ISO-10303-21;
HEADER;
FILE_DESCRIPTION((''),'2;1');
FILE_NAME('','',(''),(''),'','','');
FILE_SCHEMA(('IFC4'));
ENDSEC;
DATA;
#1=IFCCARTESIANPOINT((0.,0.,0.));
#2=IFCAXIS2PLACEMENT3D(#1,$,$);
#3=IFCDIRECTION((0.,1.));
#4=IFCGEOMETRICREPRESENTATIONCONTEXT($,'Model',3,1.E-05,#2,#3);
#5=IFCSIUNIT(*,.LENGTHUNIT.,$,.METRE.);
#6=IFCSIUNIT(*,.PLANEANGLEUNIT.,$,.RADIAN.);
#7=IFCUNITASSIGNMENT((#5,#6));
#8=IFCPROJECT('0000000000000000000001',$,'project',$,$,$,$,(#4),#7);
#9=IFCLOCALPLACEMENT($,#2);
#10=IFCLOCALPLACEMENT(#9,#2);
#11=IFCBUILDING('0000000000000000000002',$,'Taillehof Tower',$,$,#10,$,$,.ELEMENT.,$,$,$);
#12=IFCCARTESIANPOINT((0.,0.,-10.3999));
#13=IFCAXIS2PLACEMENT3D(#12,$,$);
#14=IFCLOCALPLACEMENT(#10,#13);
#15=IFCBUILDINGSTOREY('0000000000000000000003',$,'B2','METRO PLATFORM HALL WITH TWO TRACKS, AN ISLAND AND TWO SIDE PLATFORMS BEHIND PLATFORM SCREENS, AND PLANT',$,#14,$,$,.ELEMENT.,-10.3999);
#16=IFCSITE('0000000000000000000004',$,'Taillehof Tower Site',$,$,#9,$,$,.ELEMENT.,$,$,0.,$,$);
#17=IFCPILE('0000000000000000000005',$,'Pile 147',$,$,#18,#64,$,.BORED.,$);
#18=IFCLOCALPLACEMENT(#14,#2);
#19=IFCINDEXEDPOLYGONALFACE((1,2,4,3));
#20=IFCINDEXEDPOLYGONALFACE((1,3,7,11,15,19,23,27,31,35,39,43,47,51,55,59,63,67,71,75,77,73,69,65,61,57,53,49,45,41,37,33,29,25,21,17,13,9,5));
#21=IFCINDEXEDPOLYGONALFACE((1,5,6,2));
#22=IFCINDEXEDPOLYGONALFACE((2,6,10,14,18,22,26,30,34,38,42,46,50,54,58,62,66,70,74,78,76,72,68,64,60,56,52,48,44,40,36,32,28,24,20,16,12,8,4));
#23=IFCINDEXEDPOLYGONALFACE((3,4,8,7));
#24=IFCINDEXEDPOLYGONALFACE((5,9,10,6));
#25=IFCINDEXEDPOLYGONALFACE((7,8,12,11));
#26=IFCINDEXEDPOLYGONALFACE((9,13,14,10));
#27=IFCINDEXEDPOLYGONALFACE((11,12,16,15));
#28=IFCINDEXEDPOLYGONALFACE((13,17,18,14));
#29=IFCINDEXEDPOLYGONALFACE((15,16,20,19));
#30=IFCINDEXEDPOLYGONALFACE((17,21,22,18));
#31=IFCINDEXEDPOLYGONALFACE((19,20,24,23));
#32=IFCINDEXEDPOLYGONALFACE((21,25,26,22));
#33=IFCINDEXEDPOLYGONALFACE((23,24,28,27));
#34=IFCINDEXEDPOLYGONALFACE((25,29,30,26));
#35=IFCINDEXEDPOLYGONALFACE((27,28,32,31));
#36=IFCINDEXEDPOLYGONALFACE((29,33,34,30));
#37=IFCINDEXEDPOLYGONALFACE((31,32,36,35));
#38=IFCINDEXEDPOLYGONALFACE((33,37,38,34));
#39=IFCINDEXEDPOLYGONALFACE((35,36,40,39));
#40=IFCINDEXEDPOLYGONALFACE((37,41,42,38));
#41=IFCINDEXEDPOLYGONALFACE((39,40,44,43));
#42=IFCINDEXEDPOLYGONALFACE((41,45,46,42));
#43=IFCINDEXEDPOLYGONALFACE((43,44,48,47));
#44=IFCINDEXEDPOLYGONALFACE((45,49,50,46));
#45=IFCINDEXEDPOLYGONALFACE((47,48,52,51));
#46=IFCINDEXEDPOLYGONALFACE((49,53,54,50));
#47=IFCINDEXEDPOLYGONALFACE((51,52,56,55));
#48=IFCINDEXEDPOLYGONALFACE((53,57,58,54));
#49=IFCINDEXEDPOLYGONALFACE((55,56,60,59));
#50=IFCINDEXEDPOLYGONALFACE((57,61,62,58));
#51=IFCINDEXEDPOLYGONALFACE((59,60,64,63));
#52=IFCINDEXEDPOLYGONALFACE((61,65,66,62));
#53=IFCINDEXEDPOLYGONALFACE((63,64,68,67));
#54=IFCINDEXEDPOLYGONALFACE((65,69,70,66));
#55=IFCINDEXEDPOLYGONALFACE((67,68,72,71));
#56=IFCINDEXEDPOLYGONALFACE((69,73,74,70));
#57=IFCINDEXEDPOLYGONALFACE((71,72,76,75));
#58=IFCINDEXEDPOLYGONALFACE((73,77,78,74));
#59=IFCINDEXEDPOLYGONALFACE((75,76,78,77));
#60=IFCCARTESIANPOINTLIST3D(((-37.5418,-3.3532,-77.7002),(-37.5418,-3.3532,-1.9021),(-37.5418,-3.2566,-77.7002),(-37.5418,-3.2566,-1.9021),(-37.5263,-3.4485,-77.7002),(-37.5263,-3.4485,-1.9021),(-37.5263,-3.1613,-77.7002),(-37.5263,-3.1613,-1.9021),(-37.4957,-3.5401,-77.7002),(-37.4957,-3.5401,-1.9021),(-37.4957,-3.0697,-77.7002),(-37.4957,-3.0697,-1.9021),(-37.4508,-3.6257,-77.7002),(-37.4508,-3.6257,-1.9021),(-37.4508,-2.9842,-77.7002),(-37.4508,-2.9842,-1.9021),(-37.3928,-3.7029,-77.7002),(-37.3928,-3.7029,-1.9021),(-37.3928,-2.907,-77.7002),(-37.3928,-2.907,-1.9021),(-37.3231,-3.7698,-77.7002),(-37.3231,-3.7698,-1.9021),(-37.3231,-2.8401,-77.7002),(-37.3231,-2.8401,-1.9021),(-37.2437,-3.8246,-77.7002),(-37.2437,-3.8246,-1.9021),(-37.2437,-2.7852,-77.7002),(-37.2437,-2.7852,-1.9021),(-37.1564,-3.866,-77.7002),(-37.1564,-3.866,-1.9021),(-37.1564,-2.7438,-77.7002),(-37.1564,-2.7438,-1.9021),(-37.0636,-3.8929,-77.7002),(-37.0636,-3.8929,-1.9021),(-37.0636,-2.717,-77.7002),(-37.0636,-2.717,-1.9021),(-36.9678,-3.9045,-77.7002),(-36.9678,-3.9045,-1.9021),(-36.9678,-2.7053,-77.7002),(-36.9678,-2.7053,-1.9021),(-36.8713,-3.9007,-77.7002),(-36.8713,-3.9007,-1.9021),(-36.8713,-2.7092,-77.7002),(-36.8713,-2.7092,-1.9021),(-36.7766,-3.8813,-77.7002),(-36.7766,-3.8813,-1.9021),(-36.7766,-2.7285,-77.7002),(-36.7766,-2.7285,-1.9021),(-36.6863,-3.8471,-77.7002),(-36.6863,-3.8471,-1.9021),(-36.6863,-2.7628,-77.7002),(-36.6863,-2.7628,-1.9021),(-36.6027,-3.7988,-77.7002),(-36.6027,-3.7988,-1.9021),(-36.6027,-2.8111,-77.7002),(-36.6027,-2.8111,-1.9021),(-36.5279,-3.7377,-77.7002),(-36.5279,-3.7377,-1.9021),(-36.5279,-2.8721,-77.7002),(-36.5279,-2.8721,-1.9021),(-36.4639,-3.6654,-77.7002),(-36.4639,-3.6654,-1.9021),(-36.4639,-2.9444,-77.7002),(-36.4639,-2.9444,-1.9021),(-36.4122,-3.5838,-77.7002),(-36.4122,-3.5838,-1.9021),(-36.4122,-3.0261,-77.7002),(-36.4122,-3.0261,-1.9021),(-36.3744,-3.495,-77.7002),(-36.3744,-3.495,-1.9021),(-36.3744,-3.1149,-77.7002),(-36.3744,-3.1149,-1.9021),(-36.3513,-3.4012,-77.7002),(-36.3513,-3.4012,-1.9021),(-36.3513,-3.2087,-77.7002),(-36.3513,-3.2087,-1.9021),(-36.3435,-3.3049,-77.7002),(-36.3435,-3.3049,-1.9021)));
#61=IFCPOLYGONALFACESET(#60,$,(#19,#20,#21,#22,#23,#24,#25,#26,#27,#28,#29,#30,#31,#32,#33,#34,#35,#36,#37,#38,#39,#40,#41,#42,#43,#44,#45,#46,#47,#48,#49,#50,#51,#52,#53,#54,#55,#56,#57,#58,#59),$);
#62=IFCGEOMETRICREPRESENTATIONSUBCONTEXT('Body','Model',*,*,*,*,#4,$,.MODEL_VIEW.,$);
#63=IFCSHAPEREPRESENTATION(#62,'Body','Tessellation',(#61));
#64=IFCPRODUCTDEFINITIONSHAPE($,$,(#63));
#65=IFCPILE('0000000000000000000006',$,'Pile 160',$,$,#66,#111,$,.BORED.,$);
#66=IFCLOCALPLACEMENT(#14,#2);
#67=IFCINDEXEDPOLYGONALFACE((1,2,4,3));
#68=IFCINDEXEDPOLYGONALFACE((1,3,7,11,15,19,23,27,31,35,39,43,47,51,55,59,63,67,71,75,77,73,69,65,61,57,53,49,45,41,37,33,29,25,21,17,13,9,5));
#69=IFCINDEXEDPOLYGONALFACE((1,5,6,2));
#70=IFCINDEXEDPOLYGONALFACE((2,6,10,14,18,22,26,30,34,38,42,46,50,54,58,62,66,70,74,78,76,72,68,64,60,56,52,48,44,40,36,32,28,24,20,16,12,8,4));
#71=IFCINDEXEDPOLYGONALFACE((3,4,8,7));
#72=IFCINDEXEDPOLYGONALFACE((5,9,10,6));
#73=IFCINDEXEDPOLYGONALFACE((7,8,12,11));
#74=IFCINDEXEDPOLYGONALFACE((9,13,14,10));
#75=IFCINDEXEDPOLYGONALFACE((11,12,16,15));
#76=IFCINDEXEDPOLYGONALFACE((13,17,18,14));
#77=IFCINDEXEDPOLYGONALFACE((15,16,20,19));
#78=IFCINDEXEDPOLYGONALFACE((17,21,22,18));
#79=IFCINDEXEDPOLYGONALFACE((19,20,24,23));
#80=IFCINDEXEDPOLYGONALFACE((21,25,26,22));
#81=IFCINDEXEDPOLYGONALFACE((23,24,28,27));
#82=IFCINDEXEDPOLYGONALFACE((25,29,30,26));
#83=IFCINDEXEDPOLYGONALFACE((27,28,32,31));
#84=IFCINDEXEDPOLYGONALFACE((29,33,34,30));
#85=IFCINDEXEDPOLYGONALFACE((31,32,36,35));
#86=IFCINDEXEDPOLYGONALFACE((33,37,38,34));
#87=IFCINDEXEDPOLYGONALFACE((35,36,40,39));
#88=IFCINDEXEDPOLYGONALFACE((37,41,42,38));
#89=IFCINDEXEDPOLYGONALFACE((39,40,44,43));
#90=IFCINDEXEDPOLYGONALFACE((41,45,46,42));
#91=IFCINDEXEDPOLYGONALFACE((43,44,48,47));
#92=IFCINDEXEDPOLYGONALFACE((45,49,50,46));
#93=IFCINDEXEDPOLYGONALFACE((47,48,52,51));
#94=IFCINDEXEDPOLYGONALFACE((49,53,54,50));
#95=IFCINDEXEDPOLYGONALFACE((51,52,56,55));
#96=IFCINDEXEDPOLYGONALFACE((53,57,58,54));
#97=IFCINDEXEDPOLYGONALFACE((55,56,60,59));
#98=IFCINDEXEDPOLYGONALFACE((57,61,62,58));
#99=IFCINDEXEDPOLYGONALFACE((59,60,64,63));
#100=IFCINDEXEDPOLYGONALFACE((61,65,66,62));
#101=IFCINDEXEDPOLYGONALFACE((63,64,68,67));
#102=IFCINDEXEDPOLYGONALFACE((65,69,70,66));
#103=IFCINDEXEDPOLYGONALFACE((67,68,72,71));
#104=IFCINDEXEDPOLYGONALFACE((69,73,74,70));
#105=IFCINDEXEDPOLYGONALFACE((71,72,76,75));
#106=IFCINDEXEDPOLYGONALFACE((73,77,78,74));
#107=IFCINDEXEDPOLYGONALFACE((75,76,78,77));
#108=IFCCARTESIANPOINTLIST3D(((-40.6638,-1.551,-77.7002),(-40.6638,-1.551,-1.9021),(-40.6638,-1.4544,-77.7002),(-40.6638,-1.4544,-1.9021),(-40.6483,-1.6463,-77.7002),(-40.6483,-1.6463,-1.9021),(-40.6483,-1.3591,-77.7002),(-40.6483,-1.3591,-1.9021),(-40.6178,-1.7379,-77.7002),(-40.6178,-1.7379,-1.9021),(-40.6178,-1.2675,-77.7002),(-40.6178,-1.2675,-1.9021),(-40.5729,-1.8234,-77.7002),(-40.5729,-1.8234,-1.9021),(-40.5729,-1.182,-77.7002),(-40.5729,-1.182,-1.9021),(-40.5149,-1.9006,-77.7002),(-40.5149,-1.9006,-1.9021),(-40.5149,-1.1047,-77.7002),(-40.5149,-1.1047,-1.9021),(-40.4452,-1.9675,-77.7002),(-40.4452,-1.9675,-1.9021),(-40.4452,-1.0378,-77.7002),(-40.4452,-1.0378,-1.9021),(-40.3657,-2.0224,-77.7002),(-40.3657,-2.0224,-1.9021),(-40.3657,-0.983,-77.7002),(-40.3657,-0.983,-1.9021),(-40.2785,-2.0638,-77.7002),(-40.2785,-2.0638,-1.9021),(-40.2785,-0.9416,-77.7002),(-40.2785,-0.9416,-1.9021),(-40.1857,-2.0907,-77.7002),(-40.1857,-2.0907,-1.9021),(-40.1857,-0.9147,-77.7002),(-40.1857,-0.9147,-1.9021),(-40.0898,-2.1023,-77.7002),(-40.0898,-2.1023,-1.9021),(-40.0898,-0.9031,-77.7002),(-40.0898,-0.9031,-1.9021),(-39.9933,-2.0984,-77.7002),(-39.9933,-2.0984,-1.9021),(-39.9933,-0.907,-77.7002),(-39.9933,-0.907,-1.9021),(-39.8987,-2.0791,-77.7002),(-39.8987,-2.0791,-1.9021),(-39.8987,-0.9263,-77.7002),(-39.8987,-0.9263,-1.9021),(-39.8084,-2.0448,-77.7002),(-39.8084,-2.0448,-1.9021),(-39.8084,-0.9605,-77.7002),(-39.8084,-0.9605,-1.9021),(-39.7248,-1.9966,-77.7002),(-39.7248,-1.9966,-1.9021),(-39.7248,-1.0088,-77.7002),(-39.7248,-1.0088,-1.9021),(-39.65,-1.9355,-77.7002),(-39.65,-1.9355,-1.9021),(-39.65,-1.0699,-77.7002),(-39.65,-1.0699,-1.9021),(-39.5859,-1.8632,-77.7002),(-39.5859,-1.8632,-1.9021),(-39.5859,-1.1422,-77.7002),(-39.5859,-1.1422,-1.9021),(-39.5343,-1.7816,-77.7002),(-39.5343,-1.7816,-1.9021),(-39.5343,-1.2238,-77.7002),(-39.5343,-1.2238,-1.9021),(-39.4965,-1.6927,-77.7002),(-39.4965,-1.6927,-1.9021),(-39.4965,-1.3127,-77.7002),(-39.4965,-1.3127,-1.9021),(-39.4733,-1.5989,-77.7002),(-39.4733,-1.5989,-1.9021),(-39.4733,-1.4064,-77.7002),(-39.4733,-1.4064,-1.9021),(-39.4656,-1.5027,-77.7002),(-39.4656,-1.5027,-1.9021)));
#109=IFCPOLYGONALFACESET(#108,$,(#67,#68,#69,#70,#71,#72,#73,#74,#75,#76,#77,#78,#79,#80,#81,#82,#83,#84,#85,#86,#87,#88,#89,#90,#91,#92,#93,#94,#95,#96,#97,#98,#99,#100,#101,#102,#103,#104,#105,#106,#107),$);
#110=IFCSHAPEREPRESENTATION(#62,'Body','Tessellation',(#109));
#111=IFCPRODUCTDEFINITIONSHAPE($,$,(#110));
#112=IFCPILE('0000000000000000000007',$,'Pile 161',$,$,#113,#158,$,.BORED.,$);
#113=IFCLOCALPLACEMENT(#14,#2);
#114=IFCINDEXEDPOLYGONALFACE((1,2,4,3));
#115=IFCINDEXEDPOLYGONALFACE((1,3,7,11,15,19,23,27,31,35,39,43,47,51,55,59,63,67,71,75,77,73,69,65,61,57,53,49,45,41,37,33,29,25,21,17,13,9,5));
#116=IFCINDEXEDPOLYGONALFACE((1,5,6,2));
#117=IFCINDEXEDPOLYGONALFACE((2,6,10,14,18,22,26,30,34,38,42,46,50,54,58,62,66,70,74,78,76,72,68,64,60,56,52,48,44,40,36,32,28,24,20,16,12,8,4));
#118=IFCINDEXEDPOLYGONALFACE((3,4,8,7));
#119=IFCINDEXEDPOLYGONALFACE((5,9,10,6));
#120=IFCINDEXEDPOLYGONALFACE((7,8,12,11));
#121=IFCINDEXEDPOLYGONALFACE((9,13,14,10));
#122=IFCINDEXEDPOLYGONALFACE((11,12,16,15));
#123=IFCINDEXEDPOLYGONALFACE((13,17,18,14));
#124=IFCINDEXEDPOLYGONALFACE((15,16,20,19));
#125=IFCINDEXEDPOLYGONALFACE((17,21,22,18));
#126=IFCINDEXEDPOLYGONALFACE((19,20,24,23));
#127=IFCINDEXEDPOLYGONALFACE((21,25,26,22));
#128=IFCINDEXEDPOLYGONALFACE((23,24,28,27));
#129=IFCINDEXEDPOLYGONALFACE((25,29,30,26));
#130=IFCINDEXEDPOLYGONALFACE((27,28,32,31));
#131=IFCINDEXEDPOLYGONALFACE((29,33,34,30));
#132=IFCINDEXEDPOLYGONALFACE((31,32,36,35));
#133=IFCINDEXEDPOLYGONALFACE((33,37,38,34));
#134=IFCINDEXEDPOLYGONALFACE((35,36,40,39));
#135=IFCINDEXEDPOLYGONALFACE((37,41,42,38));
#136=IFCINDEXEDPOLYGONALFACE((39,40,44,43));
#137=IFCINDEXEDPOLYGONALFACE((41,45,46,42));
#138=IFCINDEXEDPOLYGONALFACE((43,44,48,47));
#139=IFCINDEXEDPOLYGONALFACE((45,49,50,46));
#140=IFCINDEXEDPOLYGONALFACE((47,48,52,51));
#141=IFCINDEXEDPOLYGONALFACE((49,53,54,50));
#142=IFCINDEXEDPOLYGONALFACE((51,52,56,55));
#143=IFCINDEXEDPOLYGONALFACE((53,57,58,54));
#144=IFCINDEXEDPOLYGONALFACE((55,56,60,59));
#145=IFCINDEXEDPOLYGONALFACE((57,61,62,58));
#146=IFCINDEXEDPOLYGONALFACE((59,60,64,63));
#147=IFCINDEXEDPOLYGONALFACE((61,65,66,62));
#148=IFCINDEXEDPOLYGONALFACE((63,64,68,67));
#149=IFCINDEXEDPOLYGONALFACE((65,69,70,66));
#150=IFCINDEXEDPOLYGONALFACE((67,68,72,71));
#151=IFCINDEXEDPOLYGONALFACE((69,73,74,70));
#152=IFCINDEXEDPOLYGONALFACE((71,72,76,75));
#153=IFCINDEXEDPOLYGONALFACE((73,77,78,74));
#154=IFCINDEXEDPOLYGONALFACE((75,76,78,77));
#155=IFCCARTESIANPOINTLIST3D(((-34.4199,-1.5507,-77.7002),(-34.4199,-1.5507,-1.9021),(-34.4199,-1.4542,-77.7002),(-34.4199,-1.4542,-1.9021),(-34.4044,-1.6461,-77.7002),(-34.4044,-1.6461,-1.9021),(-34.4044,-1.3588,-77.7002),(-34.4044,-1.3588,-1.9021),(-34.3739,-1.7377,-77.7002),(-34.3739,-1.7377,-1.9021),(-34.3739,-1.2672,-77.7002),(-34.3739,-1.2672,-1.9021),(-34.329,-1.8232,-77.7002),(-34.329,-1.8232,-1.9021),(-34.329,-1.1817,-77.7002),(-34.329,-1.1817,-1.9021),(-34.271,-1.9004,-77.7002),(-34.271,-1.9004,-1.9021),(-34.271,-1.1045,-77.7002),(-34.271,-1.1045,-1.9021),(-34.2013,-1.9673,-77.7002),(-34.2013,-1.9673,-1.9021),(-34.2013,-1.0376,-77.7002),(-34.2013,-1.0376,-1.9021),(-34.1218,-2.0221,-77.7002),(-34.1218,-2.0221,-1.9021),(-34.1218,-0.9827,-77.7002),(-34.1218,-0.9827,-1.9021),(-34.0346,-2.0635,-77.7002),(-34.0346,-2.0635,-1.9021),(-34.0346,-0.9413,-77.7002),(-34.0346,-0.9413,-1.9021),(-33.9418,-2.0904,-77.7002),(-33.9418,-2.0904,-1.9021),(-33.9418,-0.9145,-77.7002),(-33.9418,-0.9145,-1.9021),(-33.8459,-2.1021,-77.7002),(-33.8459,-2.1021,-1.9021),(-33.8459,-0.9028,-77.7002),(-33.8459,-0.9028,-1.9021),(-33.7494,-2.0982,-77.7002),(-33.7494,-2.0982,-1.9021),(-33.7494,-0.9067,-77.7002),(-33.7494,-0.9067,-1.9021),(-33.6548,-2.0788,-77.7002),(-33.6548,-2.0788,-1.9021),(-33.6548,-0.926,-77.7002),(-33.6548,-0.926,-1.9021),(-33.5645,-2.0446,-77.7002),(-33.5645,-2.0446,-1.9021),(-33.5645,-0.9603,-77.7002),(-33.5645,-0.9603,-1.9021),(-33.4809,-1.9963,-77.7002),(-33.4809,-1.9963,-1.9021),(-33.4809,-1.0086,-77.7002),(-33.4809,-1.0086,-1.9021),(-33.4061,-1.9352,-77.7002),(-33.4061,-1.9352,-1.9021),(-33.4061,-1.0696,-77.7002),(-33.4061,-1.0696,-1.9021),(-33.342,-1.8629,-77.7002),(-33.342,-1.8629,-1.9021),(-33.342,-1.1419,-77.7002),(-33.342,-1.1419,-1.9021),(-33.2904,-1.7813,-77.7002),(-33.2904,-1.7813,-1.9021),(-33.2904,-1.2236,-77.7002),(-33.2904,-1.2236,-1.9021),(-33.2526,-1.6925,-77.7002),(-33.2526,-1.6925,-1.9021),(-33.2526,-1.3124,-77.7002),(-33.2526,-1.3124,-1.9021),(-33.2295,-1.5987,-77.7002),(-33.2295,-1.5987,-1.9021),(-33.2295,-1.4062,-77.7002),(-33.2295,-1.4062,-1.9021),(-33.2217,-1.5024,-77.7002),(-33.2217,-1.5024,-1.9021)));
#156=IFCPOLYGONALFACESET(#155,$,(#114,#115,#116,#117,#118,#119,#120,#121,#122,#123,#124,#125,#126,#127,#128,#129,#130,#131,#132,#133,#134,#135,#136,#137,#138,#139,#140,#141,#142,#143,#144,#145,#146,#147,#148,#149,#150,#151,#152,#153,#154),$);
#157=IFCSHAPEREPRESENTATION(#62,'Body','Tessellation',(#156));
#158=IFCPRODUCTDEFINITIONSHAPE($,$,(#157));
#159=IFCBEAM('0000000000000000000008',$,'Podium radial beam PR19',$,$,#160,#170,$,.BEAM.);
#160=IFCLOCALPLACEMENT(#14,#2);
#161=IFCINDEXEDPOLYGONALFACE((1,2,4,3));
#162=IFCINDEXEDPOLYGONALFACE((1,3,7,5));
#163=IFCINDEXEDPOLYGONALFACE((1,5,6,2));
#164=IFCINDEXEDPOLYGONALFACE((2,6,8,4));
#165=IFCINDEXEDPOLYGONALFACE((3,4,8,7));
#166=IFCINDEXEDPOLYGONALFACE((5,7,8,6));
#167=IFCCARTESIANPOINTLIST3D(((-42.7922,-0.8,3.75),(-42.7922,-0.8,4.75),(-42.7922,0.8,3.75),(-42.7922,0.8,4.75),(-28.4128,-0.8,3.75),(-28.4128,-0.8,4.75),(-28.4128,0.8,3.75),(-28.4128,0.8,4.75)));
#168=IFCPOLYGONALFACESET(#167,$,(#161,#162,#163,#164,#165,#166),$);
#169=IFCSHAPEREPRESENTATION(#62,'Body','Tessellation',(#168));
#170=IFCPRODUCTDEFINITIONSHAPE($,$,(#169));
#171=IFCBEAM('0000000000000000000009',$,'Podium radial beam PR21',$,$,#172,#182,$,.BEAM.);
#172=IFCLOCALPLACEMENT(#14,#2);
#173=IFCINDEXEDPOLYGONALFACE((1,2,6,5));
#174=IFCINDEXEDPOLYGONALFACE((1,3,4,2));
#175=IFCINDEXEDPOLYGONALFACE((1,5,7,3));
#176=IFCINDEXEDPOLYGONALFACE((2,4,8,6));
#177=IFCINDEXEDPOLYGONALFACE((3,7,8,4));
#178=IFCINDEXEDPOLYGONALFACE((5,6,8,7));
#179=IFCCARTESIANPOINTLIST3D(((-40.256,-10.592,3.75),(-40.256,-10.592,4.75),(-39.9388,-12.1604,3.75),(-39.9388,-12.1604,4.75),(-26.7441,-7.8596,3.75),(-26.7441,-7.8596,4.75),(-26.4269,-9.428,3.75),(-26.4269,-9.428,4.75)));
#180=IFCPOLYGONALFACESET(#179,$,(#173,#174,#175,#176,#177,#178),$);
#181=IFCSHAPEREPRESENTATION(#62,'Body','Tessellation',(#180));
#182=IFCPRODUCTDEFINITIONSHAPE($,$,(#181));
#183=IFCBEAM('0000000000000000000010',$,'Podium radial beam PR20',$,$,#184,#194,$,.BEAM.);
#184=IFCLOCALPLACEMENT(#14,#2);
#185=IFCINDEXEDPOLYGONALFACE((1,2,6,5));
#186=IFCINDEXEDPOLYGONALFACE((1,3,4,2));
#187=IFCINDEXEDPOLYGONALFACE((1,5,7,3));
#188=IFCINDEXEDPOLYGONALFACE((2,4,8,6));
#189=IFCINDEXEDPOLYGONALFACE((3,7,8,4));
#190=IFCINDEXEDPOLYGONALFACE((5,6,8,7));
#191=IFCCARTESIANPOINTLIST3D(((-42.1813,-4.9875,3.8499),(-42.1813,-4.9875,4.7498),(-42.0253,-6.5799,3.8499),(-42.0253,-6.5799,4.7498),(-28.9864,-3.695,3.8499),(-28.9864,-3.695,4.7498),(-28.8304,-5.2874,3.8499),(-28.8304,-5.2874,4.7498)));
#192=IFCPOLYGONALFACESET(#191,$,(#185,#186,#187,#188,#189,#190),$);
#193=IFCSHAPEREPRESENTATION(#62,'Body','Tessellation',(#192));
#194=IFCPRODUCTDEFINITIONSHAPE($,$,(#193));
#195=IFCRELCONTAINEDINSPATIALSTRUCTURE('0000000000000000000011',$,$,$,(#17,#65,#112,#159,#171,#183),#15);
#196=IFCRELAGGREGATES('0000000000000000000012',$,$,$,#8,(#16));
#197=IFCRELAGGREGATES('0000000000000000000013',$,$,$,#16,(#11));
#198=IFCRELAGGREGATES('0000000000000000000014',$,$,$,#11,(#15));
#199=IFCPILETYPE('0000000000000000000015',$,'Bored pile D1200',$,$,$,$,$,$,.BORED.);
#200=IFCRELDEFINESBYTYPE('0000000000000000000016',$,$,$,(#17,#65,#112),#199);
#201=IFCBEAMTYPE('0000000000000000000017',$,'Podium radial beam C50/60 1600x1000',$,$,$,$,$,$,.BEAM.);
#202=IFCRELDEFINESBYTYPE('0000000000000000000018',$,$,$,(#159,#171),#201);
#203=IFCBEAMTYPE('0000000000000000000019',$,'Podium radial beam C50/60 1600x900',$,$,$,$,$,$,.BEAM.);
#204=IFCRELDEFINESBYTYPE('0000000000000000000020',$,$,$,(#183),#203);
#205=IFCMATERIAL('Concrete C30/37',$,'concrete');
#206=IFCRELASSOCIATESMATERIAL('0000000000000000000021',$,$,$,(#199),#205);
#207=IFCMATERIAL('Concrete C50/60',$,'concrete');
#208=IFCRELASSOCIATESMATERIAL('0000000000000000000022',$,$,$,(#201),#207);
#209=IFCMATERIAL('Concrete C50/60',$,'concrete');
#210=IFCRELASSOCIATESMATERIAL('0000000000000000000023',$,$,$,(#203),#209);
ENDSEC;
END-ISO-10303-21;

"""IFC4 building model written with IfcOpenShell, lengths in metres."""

from ifc_helpers import new_model, si_unit, direction, frame, origin, origin_2d, place, context, subcontext, project, spatial, rectangle, circle, extrude, material, material_profile, profile_set, type_object, element, save


model = new_model("IFC4")

# Units and contexts
model_context = context("Model", 3, precision=1e-05, world=origin(), true_north=direction((0.0, 1.0)))
body_context = subcontext(model_context, "Body", "Model", "MODEL_VIEW")
ifc_project = project(units=[si_unit("LENGTHUNIT", "METRE"), si_unit("PLANEANGLEUNIT", "RADIAN")], contexts=[model_context])

# Site, building, storey
site_placement = place(None, origin())
site = spatial("IfcSite", under=ifc_project, at=site_placement, Name="Taillehof Tower Site", CompositionType="ELEMENT", RefElevation=0.0)
building_placement = place(site_placement, origin())
building = spatial("IfcBuilding", under=site, at=building_placement, Name="Taillehof Tower", CompositionType="ELEMENT")
storey_placement = place(building_placement, frame((0.0, 0.0, -10.3999)))
storey = spatial("IfcBuildingStorey", under=building, at=storey_placement, Name="B2", Description="METRO PLATFORM HALL WITH TWO TRACKS, AN ISLAND AND TWO SIDE PLATFORMS BEHIND PLATFORM SCREENS, AND PLANT", CompositionType="ELEMENT", Elevation=-10.3999)

# Piles
ifc_material_1 = material(Name="Concrete C30/37", Category="concrete")
ifc_material_profile_1 = material_profile(ifc_material_1, circle(Radius=0.6001, at=origin_2d()), Name="BP D1200")
ifc_profile_set_1 = profile_set([ifc_material_profile_1], Name="Concrete C30/37")
pile_type = type_object("IfcPileType", Name="Bored pile D1200", PredefinedType="BORED", material=ifc_profile_set_1)
for number, where, z_axis, x_axis, name in (
    (1, (-36.9436, -3.3049, -1.9021), (0.0, 0.0, -1.0), (1.0, 0.0, 0.0), "Pile 147"),
    (2, (-40.0657, -1.5027, -1.9021), (0.0, 0.0, -1.0), (1.0, 0.0, 0.0), "Pile 160"),
    (3, (-33.8218, -1.5024, -1.9021), (0.0, 0.0, -1.0), (1.0, 0.0, 0.0), "Pile 161"),
):
    element("IfcPile", number, at=place(storey_placement, frame(where, z_axis=z_axis, x_axis=x_axis)), inside=storey, type_object=pile_type, Name=name, PredefinedType="BORED", context=body_context, shape_type="SweptSolid", body=[
        extrude(circle(Radius=0.6001, at=origin_2d()), origin(), (0.0, 0.0, 1.0), 75.7981),
    ])

# Beams
ifc_material_2 = material(Name="Concrete C50/60", Category="concrete")
ifc_material_profile_2 = material_profile(ifc_material_2, rectangle(XDim=1.6001, YDim=1.0, at=origin_2d()), Name="RC 1600x1000")
ifc_profile_set_2 = profile_set([ifc_material_profile_2], Name="Concrete C50/60")
beam_type_1 = type_object("IfcBeamType", Name="Podium radial beam C50/60 1600x1000", PredefinedType="BEAM", material=ifc_profile_set_2)
beam_1_placement = place(storey_placement, frame((-42.7922, 0.0, 4.25), z_axis=(1.0, 0.0, 0.0), x_axis=(0.0, 1.0, 0.0)))
element("IfcBeam", 4, at=beam_1_placement, inside=storey, type_object=beam_type_1, Name="Podium radial beam PR19", PredefinedType="BEAM", context=body_context, shape_type="SweptSolid", body=[
    extrude(rectangle(XDim=1.6001, YDim=1.0, at=origin_2d()), origin(), (0.0, 0.0, 1.0), 14.3794),
])
beam_2_placement = place(storey_placement, frame((-40.0974, -11.3762, 4.25), z_axis=(0.98016, 0.19821, 0.0), x_axis=(-0.19821, 0.98016, 0.0)))
element("IfcBeam", 5, at=beam_2_placement, inside=storey, type_object=beam_type_1, Name="Podium radial beam PR21", PredefinedType="BEAM", context=body_context, shape_type="SweptSolid", body=[
    extrude(rectangle(XDim=1.6001, YDim=1.0, at=origin_2d()), origin(), (0.0, 0.0, 1.0), 13.7854),
])
ifc_material_3 = material(Name="Concrete C50/60", Category="concrete")
ifc_material_profile_3 = material_profile(ifc_material_3, rectangle(XDim=1.6001, YDim=0.8999, at=origin_2d()), Name="RC 1600x900")
ifc_profile_set_3 = profile_set([ifc_material_profile_3], Name="Concrete C50/60")
beam_type_2 = type_object("IfcBeamType", Name="Podium radial beam C50/60 1600x900", PredefinedType="BEAM", material=ifc_profile_set_3)
beam_3_placement = place(storey_placement, frame((-42.1033, -5.7837, 4.2998), z_axis=(0.995237, 0.097487, 0.0), x_axis=(-0.097487, 0.995237, 0.0)))
element("IfcBeam", 6, at=beam_3_placement, inside=storey, type_object=beam_type_2, Name="Podium radial beam PR20", PredefinedType="BEAM", context=body_context, shape_type="SweptSolid", body=[
    extrude(rectangle(XDim=1.6001, YDim=0.8999, at=origin_2d()), origin(), (0.0, 0.0, 1.0), 13.2581),
])

save(model, "model.ifc")
